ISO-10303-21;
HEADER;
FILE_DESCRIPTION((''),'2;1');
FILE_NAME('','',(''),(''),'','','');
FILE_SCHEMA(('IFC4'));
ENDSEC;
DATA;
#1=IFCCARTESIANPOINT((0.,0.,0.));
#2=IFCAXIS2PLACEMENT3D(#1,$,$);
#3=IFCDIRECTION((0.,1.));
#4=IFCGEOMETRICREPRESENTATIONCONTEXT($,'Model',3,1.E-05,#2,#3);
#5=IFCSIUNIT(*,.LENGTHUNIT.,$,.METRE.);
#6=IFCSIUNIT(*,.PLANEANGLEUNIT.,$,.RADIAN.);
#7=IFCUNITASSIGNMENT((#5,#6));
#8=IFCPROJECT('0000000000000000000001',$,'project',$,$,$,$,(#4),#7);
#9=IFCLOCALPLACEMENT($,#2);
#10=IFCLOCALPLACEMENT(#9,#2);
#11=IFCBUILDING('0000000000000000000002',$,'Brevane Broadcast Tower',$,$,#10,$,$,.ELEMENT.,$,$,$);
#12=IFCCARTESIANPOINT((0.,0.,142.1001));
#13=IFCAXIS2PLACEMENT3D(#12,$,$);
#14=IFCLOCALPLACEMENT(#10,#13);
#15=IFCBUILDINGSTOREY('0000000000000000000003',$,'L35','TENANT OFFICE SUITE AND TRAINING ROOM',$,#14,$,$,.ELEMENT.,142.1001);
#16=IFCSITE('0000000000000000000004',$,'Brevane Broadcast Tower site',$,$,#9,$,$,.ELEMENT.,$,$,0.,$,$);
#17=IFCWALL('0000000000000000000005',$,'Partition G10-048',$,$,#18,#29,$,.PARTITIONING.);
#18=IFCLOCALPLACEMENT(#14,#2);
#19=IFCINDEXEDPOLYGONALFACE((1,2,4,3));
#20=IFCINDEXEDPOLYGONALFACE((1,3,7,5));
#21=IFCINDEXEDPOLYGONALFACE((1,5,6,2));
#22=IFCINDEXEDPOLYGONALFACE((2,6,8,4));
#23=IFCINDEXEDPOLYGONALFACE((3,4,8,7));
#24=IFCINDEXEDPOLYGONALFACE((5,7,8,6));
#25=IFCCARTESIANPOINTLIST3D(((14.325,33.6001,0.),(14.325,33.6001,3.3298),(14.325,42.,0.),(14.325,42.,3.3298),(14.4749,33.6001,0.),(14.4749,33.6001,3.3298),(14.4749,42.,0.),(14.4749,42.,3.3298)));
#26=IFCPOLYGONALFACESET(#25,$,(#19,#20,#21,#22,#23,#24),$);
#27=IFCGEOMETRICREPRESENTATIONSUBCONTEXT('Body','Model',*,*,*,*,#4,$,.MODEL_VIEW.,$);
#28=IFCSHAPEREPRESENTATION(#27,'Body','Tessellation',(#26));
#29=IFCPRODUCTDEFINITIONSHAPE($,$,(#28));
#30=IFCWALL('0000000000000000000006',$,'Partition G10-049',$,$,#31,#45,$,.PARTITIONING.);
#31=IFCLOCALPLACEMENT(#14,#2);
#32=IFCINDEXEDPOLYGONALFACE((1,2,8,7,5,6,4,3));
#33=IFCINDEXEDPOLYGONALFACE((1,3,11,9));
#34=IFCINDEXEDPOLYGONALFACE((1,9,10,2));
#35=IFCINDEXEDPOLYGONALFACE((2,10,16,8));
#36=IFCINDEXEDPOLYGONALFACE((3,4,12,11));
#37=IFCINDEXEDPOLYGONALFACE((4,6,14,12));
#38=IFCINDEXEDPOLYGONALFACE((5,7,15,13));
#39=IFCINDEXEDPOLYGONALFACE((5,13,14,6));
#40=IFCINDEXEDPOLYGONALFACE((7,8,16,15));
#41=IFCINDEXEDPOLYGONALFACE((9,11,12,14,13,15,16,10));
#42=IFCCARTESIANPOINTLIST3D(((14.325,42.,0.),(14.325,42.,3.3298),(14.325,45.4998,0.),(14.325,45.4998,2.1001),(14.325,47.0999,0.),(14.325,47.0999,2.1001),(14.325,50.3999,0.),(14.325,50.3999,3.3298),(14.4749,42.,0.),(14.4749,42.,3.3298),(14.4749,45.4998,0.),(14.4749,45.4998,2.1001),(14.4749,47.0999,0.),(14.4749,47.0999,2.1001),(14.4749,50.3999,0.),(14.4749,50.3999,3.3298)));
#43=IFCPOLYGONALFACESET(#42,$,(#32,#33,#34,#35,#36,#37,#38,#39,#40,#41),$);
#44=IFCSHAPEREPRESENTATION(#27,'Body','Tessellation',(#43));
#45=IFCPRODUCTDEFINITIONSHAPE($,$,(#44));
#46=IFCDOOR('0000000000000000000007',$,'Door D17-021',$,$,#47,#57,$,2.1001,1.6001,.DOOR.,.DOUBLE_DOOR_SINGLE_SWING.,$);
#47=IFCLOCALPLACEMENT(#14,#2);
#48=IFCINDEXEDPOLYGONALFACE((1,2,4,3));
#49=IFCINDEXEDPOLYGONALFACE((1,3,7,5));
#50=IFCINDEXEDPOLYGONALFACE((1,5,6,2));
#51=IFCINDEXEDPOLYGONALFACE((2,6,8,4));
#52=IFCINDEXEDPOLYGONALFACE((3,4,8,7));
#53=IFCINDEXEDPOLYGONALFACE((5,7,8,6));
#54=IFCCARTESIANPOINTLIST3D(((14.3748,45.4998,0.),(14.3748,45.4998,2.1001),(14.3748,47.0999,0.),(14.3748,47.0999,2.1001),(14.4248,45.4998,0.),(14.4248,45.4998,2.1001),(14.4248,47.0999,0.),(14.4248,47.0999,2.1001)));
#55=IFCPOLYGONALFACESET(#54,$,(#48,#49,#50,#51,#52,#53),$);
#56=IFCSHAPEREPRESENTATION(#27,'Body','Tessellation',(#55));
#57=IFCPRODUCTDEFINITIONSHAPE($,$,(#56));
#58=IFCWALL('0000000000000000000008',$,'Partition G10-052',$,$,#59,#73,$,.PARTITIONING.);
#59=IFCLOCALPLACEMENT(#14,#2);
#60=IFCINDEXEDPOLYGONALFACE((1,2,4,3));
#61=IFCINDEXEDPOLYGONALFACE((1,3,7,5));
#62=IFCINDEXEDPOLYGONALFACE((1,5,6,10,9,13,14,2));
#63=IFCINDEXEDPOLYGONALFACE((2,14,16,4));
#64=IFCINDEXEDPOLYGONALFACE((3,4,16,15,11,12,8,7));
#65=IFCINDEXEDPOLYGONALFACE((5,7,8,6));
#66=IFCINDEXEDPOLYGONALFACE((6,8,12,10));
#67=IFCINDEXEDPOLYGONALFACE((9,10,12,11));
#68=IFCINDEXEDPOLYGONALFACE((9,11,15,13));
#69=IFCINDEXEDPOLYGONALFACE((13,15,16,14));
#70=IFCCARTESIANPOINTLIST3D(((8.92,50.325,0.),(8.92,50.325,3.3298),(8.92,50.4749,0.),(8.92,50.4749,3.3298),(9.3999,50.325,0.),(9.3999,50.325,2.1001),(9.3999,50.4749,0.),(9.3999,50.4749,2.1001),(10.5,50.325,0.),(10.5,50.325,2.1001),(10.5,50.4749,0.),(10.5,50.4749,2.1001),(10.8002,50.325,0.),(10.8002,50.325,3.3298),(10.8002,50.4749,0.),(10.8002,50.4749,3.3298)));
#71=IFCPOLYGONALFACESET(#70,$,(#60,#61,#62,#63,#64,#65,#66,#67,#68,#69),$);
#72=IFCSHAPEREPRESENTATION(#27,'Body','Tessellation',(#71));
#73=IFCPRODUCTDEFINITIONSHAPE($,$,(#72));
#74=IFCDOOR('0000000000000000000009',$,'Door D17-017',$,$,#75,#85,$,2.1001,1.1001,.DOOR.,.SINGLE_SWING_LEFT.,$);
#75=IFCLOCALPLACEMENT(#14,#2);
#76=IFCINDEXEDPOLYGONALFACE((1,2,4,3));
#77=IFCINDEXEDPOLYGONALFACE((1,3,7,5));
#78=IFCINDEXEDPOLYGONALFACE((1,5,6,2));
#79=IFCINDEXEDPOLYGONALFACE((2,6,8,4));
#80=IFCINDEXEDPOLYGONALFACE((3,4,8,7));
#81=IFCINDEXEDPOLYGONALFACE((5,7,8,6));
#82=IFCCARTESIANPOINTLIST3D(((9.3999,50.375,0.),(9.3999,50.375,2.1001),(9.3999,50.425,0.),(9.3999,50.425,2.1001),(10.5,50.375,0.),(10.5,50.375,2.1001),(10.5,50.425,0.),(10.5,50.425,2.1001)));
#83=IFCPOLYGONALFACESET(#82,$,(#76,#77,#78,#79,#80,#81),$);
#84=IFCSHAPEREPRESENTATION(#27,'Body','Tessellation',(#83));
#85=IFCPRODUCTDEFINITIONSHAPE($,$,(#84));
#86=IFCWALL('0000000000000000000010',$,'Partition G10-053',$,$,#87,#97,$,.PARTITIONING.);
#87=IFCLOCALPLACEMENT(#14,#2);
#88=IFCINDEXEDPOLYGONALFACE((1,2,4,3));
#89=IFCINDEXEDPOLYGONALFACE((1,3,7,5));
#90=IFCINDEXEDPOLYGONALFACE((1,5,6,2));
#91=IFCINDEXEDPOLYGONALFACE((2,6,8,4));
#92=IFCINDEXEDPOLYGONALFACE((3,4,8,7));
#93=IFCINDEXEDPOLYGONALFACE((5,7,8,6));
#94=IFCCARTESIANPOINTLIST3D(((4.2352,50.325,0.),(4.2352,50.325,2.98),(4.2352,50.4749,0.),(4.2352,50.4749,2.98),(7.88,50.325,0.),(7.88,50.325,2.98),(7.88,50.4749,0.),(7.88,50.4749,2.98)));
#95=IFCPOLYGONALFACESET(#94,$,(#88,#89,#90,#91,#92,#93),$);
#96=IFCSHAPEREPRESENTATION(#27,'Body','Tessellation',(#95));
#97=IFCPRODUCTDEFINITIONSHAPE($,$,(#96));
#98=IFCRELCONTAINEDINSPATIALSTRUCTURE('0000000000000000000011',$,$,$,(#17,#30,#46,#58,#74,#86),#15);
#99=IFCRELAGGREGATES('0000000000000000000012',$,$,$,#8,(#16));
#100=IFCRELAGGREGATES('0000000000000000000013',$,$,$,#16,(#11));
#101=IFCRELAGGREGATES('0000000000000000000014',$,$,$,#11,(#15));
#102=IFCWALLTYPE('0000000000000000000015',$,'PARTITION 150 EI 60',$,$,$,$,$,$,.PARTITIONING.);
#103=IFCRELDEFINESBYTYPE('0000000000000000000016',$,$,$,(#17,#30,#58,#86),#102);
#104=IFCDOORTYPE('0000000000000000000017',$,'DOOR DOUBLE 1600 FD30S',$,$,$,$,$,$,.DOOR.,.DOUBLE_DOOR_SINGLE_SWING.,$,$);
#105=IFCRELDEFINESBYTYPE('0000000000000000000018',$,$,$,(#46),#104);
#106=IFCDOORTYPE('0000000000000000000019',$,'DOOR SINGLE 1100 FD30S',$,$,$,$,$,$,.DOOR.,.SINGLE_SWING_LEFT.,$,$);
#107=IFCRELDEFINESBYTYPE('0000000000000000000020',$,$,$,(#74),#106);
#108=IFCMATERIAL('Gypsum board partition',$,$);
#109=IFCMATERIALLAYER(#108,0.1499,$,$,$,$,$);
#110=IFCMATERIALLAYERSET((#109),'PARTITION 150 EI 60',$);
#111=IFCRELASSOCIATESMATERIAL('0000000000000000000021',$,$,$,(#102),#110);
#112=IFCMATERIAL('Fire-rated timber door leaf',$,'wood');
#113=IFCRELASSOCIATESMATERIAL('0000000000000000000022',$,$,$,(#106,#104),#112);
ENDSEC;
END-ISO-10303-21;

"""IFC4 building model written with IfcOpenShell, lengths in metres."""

from ifc_helpers import new_model, si_unit, direction, frame, frame_2d, origin, place, context, subcontext, project, spatial, rectangle, extrude, material, layer, layer_set, type_object, element, fill, save


model = new_model("IFC4")

# Units and contexts
model_context = context("Model", 3, precision=1e-05, world=origin(), true_north=direction((0.0, 1.0)))
body_context = subcontext(model_context, "Body", "Model", "MODEL_VIEW")
ifc_project = project(units=[si_unit("LENGTHUNIT", "METRE"), si_unit("PLANEANGLEUNIT", "RADIAN")], contexts=[model_context])

# Site, building, storey
site_placement = place(None, origin())
site = spatial("IfcSite", under=ifc_project, at=site_placement, Name="Brevane Broadcast Tower site", CompositionType="ELEMENT", RefElevation=0.0)
building_placement = place(site_placement, origin())
building = spatial("IfcBuilding", under=site, at=building_placement, Name="Brevane Broadcast Tower", CompositionType="ELEMENT")
storey_placement = place(building_placement, frame((0.0, 0.0, 142.1001)))
storey = spatial("IfcBuildingStorey", under=building, at=storey_placement, Name="L35", Description="TENANT OFFICE SUITE AND TRAINING ROOM", CompositionType="ELEMENT", Elevation=142.1001)

# Shared definitions
ifc_material_1 = material(Name="Gypsum board partition")

# Shared definitions
ifc_layer_1 = layer(ifc_material_1, 0.1499)
ifc_layer_set_1 = layer_set([ifc_layer_1], Name="PARTITION 150 EI 60")
wall_type_1 = type_object("IfcWallType", Name="PARTITION 150 EI 60", PredefinedType="PARTITIONING", material=ifc_layer_set_1)

# Shared definitions
ifc_material_2 = material(Name="Fire-rated timber door leaf", Category="wood")
door_type_1 = type_object("IfcDoorType", Name="DOOR SINGLE 1100 FD30S", OperationType="SINGLE_SWING_LEFT", PredefinedType="DOOR", material=ifc_material_2)

# Wall
wall_1_placement = place(storey_placement, frame((14.3999, 42.0, 0.0), z_axis=(0.0, 0.0, 1.0), x_axis=(0.0, -1.0, 0.0)))
element("IfcWall", 1, at=wall_1_placement, inside=storey, type_object=wall_type_1, Name="Partition G10-048", PredefinedType="PARTITIONING", context=body_context, shape_type="SweptSolid", body=[
    extrude(rectangle(XDim=8.3999, YDim=0.1499, at=frame_2d((4.2, 0.0))), origin(), (0.0, 0.0, 1.0), 3.3298),
])

# Walls, openings, doors
wall_2_placement = place(storey_placement, frame((14.3999, 50.3999, 0.0), z_axis=(0.0, 0.0, 1.0), x_axis=(0.0, -1.0, 0.0)))
wall_2 = element("IfcWall", 2, at=wall_2_placement, inside=storey, type_object=wall_type_1, Name="Partition G10-049", PredefinedType="PARTITIONING", context=body_context, shape_type="SweptSolid", body=[
    extrude(rectangle(XDim=8.3999, YDim=0.1499, at=frame_2d((4.2, 0.0))), origin(), (0.0, 0.0, 1.0), 3.3298),
])
opening_1_placement = place(wall_2_placement, frame((3.3, 0.0, 0.0)))
opening_1 = element("IfcOpeningElement", 3, at=opening_1_placement, cuts=wall_2, PredefinedType="OPENING", context=body_context, shape_type="SweptSolid", body=[
    extrude(rectangle(XDim=1.6001, YDim=2.1001, at=frame_2d((0.8, 1.05))), frame((0.0, 0.085, 0.0), z_axis=(0.0, -1.0, 0.0), x_axis=(1.0, 0.0, 0.0)), (0.0, 0.0, 1.0), 0.1699),
])
door_type_2 = type_object("IfcDoorType", Name="DOOR DOUBLE 1600 FD30S", OperationType="DOUBLE_DOOR_SINGLE_SWING", PredefinedType="DOOR", material=ifc_material_2)
door_1_placement = place(opening_1_placement, origin())
door_1 = element("IfcDoor", 4, at=door_1_placement, inside=storey, type_object=door_type_2, Name="Door D17-021", OperationType="DOUBLE_DOOR_SINGLE_SWING", OverallHeight=2.1001, OverallWidth=1.6001, PredefinedType="DOOR", context=body_context, shape_type="SweptSolid", body=[
    extrude(rectangle(XDim=1.6001, YDim=2.1001, at=frame_2d((0.8, 1.05))), frame((0.0, 0.0249, 0.0), z_axis=(0.0, -1.0, 0.0), x_axis=(1.0, 0.0, 0.0)), (0.0, 0.0, 1.0), 0.05),
])
fill(opening_1, door_1)
wall_3_placement = place(storey_placement, frame((10.8, 50.3999, 0.0), z_axis=(0.0, 0.0, 1.0), x_axis=(-1.0, 0.0, 0.0)))
wall_3 = element("IfcWall", 5, at=wall_3_placement, inside=storey, type_object=wall_type_1, Name="Partition G10-052", PredefinedType="PARTITIONING", context=body_context, shape_type="SweptSolid", body=[
    extrude(rectangle(XDim=1.8801, YDim=0.1499, at=frame_2d((0.9399, 0.0))), origin(), (0.0, 0.0, 1.0), 3.3298),
])
opening_2_placement = place(wall_3_placement, frame((0.3, 0.0, 0.0)))
opening_2 = element("IfcOpeningElement", 6, at=opening_2_placement, cuts=wall_3, PredefinedType="OPENING", context=body_context, shape_type="SweptSolid", body=[
    extrude(rectangle(XDim=1.1001, YDim=2.1001, at=frame_2d((0.55, 1.05))), frame((0.0, 0.085, 0.0), z_axis=(0.0, -1.0, 0.0), x_axis=(1.0, 0.0, 0.0)), (0.0, 0.0, 1.0), 0.1699),
])
door_2_placement = place(opening_2_placement, origin())
door_2 = element("IfcDoor", 7, at=door_2_placement, inside=storey, type_object=door_type_1, Name="Door D17-017", OperationType="SINGLE_SWING_LEFT", OverallHeight=2.1001, OverallWidth=1.1001, PredefinedType="DOOR", context=body_context, shape_type="SweptSolid", body=[
    extrude(rectangle(XDim=1.1001, YDim=2.1001, at=frame_2d((0.55, 1.05))), frame((0.0, 0.0249, 0.0), z_axis=(0.0, -1.0, 0.0), x_axis=(1.0, 0.0, 0.0)), (0.0, 0.0, 1.0), 0.05),
])
fill(opening_2, door_2)

# Wall
wall_4_placement = place(storey_placement, frame((7.8799, 50.3999, 0.0), z_axis=(0.0, 0.0, 1.0), x_axis=(-1.0, 0.0, 0.0)))
element("IfcWall", 8, at=wall_4_placement, inside=storey, type_object=wall_type_1, Name="Partition G10-053", PredefinedType="PARTITIONING", context=body_context, shape_type="SweptSolid", body=[
    extrude(rectangle(XDim=3.6448, YDim=0.1499, at=frame_2d((1.8223, 0.0))), origin(), (0.0, 0.0, 1.0), 2.98),
])

save(model, "model.ifc")
